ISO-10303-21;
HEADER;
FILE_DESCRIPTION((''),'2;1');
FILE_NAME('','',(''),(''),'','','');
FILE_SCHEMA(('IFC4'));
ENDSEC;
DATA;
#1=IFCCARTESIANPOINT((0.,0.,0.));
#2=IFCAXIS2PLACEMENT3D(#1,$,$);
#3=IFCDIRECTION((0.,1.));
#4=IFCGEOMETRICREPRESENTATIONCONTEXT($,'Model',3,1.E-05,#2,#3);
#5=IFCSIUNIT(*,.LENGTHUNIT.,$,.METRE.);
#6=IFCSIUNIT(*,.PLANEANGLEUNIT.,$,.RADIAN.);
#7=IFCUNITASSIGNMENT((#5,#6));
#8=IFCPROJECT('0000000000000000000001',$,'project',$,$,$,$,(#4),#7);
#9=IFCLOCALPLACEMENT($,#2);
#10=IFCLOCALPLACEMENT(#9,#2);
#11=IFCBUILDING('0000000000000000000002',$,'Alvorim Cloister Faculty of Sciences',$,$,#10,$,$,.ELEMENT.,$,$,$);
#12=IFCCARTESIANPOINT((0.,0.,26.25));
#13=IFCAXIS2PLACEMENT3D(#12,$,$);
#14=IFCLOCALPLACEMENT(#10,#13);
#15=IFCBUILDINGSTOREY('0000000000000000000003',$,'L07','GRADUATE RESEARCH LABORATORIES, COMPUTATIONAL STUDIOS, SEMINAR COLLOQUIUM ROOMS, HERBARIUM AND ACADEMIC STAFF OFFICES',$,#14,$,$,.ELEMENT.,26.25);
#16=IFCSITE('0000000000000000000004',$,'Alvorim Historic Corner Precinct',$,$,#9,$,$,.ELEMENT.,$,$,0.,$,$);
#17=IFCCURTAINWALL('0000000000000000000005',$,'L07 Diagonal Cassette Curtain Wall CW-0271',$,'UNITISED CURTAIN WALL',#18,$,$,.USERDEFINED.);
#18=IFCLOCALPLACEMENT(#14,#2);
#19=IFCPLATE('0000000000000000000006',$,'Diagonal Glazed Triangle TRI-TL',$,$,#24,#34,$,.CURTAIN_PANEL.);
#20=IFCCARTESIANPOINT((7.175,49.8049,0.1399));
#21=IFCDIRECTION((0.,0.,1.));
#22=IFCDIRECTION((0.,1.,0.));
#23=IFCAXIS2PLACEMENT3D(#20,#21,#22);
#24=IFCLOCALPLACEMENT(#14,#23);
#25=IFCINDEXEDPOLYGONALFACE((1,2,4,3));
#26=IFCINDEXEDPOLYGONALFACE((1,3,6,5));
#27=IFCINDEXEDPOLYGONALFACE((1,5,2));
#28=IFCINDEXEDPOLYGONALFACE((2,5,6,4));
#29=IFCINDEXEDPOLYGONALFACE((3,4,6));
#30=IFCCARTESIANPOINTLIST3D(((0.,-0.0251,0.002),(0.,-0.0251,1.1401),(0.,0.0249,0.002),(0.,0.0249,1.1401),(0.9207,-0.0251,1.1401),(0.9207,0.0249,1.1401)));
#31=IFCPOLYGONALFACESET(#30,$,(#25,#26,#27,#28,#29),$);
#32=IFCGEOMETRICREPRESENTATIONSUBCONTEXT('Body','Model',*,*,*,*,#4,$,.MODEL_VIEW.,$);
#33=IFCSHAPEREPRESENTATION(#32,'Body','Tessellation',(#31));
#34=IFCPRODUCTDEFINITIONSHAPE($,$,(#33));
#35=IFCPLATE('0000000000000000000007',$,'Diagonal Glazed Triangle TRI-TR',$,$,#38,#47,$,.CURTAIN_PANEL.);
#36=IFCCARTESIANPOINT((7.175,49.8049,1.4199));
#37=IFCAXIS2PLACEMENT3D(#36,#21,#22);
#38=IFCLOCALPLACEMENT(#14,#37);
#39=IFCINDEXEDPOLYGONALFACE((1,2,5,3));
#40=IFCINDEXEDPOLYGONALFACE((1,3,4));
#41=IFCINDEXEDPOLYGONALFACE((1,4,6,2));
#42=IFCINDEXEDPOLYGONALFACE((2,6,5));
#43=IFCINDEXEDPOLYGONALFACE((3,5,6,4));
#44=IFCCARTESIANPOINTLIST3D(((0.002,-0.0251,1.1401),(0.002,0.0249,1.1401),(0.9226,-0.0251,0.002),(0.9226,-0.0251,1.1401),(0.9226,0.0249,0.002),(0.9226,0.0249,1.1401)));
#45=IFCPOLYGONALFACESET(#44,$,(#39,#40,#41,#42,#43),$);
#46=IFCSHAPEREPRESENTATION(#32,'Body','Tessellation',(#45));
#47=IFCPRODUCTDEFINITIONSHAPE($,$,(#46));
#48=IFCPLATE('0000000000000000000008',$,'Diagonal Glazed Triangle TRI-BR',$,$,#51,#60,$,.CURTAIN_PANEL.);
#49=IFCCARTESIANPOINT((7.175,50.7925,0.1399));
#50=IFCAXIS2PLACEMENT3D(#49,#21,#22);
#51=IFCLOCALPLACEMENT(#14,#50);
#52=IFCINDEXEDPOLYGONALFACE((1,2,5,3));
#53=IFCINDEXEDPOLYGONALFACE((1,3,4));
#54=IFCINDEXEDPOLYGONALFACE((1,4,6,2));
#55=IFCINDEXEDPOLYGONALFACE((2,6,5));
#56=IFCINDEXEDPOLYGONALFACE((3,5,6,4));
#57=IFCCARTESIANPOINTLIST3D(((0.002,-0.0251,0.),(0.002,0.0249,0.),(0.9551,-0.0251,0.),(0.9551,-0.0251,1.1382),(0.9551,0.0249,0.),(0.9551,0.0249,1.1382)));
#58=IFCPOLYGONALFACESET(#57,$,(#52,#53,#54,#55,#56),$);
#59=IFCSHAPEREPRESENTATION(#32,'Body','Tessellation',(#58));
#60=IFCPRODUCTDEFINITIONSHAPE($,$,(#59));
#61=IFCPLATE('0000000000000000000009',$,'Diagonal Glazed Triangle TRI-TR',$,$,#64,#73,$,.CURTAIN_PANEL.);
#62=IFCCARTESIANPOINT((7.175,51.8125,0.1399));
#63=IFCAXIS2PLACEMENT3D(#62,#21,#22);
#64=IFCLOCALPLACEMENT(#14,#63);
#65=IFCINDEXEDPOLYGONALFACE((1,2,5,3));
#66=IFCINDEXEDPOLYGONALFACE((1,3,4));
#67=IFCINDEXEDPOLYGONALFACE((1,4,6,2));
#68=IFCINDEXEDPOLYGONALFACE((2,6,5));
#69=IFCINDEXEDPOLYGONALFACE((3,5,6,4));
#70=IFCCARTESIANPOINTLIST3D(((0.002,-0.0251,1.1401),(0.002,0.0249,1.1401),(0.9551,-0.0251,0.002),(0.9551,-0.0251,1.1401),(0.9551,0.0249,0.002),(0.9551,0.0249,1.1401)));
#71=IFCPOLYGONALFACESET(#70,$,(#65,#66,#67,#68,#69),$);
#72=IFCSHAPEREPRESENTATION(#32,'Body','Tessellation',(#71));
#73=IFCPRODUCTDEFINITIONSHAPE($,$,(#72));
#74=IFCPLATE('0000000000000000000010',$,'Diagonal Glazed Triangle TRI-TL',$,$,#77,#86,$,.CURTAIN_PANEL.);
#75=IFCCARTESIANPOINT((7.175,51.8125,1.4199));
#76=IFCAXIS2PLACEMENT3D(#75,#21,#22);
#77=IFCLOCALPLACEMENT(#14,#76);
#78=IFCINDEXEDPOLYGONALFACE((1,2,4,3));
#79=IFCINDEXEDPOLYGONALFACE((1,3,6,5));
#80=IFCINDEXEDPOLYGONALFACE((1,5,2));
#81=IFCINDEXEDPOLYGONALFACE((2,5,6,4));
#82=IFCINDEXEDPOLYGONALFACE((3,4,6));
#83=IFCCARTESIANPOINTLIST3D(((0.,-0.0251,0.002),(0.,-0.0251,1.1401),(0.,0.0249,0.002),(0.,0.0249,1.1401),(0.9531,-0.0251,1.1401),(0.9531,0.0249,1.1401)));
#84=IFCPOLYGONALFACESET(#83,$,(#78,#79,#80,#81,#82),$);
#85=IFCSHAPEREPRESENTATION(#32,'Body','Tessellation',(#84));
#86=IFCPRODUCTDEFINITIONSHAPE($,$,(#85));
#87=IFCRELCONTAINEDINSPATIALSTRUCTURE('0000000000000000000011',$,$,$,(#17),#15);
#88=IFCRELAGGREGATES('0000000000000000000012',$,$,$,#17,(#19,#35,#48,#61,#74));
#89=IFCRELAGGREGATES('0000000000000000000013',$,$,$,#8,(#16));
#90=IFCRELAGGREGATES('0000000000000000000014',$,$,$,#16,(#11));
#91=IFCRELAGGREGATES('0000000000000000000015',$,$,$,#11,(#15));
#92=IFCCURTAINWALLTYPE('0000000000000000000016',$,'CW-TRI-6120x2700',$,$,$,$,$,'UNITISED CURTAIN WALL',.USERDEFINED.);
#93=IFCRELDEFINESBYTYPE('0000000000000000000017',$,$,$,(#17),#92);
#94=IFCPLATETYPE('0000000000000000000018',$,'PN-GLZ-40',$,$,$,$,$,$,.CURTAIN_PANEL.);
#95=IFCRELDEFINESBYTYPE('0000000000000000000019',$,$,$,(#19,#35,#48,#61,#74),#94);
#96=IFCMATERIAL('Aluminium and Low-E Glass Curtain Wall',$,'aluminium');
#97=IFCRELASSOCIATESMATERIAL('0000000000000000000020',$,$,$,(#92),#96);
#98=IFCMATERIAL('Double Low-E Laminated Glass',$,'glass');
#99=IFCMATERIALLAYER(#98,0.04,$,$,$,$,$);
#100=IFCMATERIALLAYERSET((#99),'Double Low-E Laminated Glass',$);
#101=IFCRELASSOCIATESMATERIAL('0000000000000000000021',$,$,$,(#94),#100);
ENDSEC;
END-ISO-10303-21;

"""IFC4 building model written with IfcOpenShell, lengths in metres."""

from ifc_helpers import new_model, si_unit, direction, frame, origin, place, context, subcontext, project, spatial, polyline, outline, extrude, material, layer, layer_set, type_object, element, aggregate, save


model = new_model("IFC4")

# Units and contexts
model_context = context("Model", 3, precision=1e-05, world=origin(), true_north=direction((0.0, 1.0)))
body_context = subcontext(model_context, "Body", "Model", "MODEL_VIEW")
ifc_project = project(units=[si_unit("LENGTHUNIT", "METRE"), si_unit("PLANEANGLEUNIT", "RADIAN")], contexts=[model_context])

# Site, building, storey
site_placement = place(None, origin())
site = spatial("IfcSite", under=ifc_project, at=site_placement, Name="Alvorim Historic Corner Precinct", CompositionType="ELEMENT", RefElevation=0.0)
building_placement = place(site_placement, origin())
building = spatial("IfcBuilding", under=site, at=building_placement, Name="Alvorim Cloister Faculty of Sciences", CompositionType="ELEMENT")
storey_placement = place(building_placement, frame((0.0, 0.0, 26.25)))
storey = spatial("IfcBuildingStorey", under=building, at=storey_placement, Name="L07", Description="GRADUATE RESEARCH LABORATORIES, COMPUTATIONAL STUDIOS, SEMINAR COLLOQUIUM ROOMS, HERBARIUM AND ACADEMIC STAFF OFFICES", CompositionType="ELEMENT", Elevation=26.25)

# Curtain wall
ifc_material_1 = material(Name="Aluminium and Low-E Glass Curtain Wall", Category="aluminium")
curtain_wall_type = type_object("IfcCurtainWallType", Name="CW-TRI-6120x2700", ElementType="UNITISED CURTAIN WALL", PredefinedType="USERDEFINED", material=ifc_material_1)
curtain_wall_placement = place(storey_placement, origin())
curtain_wall = element("IfcCurtainWall", 1, at=curtain_wall_placement, inside=storey, type_object=curtain_wall_type, Name="L07 Diagonal Cassette Curtain Wall CW-0271", ObjectType="UNITISED CURTAIN WALL", PredefinedType="USERDEFINED")

# Plates
ifc_material_2 = material(Name="Double Low-E Laminated Glass", Category="glass")
ifc_layer_1 = layer(ifc_material_2, 0.04)
ifc_layer_set_1 = layer_set([ifc_layer_1], Name="Double Low-E Laminated Glass")
plate_type_1 = type_object("IfcPlateType", Name="PN-GLZ-40", PredefinedType="CURTAIN_PANEL", material=ifc_layer_set_1)
plate_1_placement = place(storey_placement, frame((7.175, 49.8049, 0.1399), z_axis=(0.0, 0.0, 1.0), x_axis=(0.0, 1.0, 0.0)))
plate_1 = element("IfcPlate", 2, at=plate_1_placement, type_object=plate_type_1, Name="Diagonal Glazed Triangle TRI-TL", PredefinedType="CURTAIN_PANEL", context=body_context, shape_type="SweptSolid", body=[
    extrude(outline(polyline([(0.9207, 1.1401), (0.0, 1.1401), (0.0, 0.002), (0.9207, 1.1401)])), frame((0.0, 0.0249, 0.0), z_axis=(0.0, -1.0, 0.0), x_axis=(1.0, 0.0, 0.0)), (0.0, 0.0, 1.0), 0.05),
])
plate_2_placement = place(storey_placement, frame((7.175, 49.8049, 1.4199), z_axis=(0.0, 0.0, 1.0), x_axis=(0.0, 1.0, 0.0)))
plate_2 = element("IfcPlate", 3, at=plate_2_placement, type_object=plate_type_1, Name="Diagonal Glazed Triangle TRI-TR", PredefinedType="CURTAIN_PANEL", context=body_context, shape_type="SweptSolid", body=[
    extrude(outline(polyline([(0.9226, 0.002), (0.9226, 1.1401), (0.002, 1.1401), (0.9226, 0.002)])), frame((0.0, 0.0249, 0.0), z_axis=(0.0, -1.0, 0.0), x_axis=(1.0, 0.0, 0.0)), (0.0, 0.0, 1.0), 0.05),
])
plate_3_placement = place(storey_placement, frame((7.175, 50.7925, 0.1399), z_axis=(0.0, 0.0, 1.0), x_axis=(0.0, 1.0, 0.0)))
plate_3 = element("IfcPlate", 4, at=plate_3_placement, type_object=plate_type_1, Name="Diagonal Glazed Triangle TRI-BR", PredefinedType="CURTAIN_PANEL", context=body_context, shape_type="SweptSolid", body=[
    extrude(outline(polyline([(0.002, 0.0), (0.9551, 0.0), (0.9551, 1.1382), (0.002, 0.0)])), frame((0.0, 0.0249, 0.0), z_axis=(0.0, -1.0, 0.0), x_axis=(1.0, 0.0, 0.0)), (0.0, 0.0, 1.0), 0.05),
])
plate_4_placement = place(storey_placement, frame((7.175, 51.8125, 0.1399), z_axis=(0.0, 0.0, 1.0), x_axis=(0.0, 1.0, 0.0)))
plate_4 = element("IfcPlate", 5, at=plate_4_placement, type_object=plate_type_1, Name="Diagonal Glazed Triangle TRI-TR", PredefinedType="CURTAIN_PANEL", context=body_context, shape_type="SweptSolid", body=[
    extrude(outline(polyline([(0.9551, 0.002), (0.9551, 1.1401), (0.002, 1.1401), (0.9551, 0.002)])), frame((0.0, 0.0249, 0.0), z_axis=(0.0, -1.0, 0.0), x_axis=(1.0, 0.0, 0.0)), (0.0, 0.0, 1.0), 0.05),
])
plate_5_placement = place(storey_placement, frame((7.175, 51.8125, 1.4199), z_axis=(0.0, 0.0, 1.0), x_axis=(0.0, 1.0, 0.0)))
plate_5 = element("IfcPlate", 6, at=plate_5_placement, type_object=plate_type_1, Name="Diagonal Glazed Triangle TRI-TL", PredefinedType="CURTAIN_PANEL", context=body_context, shape_type="SweptSolid", body=[
    extrude(outline(polyline([(0.9531, 1.1401), (0.0, 1.1401), (0.0, 0.002), (0.9531, 1.1401)])), frame((0.0, 0.0249, 0.0), z_axis=(0.0, -1.0, 0.0), x_axis=(1.0, 0.0, 0.0)), (0.0, 0.0, 1.0), 0.05),
])
aggregate(curtain_wall, [plate_1, plate_2, plate_3, plate_4, plate_5])

save(model, "model.ifc")
